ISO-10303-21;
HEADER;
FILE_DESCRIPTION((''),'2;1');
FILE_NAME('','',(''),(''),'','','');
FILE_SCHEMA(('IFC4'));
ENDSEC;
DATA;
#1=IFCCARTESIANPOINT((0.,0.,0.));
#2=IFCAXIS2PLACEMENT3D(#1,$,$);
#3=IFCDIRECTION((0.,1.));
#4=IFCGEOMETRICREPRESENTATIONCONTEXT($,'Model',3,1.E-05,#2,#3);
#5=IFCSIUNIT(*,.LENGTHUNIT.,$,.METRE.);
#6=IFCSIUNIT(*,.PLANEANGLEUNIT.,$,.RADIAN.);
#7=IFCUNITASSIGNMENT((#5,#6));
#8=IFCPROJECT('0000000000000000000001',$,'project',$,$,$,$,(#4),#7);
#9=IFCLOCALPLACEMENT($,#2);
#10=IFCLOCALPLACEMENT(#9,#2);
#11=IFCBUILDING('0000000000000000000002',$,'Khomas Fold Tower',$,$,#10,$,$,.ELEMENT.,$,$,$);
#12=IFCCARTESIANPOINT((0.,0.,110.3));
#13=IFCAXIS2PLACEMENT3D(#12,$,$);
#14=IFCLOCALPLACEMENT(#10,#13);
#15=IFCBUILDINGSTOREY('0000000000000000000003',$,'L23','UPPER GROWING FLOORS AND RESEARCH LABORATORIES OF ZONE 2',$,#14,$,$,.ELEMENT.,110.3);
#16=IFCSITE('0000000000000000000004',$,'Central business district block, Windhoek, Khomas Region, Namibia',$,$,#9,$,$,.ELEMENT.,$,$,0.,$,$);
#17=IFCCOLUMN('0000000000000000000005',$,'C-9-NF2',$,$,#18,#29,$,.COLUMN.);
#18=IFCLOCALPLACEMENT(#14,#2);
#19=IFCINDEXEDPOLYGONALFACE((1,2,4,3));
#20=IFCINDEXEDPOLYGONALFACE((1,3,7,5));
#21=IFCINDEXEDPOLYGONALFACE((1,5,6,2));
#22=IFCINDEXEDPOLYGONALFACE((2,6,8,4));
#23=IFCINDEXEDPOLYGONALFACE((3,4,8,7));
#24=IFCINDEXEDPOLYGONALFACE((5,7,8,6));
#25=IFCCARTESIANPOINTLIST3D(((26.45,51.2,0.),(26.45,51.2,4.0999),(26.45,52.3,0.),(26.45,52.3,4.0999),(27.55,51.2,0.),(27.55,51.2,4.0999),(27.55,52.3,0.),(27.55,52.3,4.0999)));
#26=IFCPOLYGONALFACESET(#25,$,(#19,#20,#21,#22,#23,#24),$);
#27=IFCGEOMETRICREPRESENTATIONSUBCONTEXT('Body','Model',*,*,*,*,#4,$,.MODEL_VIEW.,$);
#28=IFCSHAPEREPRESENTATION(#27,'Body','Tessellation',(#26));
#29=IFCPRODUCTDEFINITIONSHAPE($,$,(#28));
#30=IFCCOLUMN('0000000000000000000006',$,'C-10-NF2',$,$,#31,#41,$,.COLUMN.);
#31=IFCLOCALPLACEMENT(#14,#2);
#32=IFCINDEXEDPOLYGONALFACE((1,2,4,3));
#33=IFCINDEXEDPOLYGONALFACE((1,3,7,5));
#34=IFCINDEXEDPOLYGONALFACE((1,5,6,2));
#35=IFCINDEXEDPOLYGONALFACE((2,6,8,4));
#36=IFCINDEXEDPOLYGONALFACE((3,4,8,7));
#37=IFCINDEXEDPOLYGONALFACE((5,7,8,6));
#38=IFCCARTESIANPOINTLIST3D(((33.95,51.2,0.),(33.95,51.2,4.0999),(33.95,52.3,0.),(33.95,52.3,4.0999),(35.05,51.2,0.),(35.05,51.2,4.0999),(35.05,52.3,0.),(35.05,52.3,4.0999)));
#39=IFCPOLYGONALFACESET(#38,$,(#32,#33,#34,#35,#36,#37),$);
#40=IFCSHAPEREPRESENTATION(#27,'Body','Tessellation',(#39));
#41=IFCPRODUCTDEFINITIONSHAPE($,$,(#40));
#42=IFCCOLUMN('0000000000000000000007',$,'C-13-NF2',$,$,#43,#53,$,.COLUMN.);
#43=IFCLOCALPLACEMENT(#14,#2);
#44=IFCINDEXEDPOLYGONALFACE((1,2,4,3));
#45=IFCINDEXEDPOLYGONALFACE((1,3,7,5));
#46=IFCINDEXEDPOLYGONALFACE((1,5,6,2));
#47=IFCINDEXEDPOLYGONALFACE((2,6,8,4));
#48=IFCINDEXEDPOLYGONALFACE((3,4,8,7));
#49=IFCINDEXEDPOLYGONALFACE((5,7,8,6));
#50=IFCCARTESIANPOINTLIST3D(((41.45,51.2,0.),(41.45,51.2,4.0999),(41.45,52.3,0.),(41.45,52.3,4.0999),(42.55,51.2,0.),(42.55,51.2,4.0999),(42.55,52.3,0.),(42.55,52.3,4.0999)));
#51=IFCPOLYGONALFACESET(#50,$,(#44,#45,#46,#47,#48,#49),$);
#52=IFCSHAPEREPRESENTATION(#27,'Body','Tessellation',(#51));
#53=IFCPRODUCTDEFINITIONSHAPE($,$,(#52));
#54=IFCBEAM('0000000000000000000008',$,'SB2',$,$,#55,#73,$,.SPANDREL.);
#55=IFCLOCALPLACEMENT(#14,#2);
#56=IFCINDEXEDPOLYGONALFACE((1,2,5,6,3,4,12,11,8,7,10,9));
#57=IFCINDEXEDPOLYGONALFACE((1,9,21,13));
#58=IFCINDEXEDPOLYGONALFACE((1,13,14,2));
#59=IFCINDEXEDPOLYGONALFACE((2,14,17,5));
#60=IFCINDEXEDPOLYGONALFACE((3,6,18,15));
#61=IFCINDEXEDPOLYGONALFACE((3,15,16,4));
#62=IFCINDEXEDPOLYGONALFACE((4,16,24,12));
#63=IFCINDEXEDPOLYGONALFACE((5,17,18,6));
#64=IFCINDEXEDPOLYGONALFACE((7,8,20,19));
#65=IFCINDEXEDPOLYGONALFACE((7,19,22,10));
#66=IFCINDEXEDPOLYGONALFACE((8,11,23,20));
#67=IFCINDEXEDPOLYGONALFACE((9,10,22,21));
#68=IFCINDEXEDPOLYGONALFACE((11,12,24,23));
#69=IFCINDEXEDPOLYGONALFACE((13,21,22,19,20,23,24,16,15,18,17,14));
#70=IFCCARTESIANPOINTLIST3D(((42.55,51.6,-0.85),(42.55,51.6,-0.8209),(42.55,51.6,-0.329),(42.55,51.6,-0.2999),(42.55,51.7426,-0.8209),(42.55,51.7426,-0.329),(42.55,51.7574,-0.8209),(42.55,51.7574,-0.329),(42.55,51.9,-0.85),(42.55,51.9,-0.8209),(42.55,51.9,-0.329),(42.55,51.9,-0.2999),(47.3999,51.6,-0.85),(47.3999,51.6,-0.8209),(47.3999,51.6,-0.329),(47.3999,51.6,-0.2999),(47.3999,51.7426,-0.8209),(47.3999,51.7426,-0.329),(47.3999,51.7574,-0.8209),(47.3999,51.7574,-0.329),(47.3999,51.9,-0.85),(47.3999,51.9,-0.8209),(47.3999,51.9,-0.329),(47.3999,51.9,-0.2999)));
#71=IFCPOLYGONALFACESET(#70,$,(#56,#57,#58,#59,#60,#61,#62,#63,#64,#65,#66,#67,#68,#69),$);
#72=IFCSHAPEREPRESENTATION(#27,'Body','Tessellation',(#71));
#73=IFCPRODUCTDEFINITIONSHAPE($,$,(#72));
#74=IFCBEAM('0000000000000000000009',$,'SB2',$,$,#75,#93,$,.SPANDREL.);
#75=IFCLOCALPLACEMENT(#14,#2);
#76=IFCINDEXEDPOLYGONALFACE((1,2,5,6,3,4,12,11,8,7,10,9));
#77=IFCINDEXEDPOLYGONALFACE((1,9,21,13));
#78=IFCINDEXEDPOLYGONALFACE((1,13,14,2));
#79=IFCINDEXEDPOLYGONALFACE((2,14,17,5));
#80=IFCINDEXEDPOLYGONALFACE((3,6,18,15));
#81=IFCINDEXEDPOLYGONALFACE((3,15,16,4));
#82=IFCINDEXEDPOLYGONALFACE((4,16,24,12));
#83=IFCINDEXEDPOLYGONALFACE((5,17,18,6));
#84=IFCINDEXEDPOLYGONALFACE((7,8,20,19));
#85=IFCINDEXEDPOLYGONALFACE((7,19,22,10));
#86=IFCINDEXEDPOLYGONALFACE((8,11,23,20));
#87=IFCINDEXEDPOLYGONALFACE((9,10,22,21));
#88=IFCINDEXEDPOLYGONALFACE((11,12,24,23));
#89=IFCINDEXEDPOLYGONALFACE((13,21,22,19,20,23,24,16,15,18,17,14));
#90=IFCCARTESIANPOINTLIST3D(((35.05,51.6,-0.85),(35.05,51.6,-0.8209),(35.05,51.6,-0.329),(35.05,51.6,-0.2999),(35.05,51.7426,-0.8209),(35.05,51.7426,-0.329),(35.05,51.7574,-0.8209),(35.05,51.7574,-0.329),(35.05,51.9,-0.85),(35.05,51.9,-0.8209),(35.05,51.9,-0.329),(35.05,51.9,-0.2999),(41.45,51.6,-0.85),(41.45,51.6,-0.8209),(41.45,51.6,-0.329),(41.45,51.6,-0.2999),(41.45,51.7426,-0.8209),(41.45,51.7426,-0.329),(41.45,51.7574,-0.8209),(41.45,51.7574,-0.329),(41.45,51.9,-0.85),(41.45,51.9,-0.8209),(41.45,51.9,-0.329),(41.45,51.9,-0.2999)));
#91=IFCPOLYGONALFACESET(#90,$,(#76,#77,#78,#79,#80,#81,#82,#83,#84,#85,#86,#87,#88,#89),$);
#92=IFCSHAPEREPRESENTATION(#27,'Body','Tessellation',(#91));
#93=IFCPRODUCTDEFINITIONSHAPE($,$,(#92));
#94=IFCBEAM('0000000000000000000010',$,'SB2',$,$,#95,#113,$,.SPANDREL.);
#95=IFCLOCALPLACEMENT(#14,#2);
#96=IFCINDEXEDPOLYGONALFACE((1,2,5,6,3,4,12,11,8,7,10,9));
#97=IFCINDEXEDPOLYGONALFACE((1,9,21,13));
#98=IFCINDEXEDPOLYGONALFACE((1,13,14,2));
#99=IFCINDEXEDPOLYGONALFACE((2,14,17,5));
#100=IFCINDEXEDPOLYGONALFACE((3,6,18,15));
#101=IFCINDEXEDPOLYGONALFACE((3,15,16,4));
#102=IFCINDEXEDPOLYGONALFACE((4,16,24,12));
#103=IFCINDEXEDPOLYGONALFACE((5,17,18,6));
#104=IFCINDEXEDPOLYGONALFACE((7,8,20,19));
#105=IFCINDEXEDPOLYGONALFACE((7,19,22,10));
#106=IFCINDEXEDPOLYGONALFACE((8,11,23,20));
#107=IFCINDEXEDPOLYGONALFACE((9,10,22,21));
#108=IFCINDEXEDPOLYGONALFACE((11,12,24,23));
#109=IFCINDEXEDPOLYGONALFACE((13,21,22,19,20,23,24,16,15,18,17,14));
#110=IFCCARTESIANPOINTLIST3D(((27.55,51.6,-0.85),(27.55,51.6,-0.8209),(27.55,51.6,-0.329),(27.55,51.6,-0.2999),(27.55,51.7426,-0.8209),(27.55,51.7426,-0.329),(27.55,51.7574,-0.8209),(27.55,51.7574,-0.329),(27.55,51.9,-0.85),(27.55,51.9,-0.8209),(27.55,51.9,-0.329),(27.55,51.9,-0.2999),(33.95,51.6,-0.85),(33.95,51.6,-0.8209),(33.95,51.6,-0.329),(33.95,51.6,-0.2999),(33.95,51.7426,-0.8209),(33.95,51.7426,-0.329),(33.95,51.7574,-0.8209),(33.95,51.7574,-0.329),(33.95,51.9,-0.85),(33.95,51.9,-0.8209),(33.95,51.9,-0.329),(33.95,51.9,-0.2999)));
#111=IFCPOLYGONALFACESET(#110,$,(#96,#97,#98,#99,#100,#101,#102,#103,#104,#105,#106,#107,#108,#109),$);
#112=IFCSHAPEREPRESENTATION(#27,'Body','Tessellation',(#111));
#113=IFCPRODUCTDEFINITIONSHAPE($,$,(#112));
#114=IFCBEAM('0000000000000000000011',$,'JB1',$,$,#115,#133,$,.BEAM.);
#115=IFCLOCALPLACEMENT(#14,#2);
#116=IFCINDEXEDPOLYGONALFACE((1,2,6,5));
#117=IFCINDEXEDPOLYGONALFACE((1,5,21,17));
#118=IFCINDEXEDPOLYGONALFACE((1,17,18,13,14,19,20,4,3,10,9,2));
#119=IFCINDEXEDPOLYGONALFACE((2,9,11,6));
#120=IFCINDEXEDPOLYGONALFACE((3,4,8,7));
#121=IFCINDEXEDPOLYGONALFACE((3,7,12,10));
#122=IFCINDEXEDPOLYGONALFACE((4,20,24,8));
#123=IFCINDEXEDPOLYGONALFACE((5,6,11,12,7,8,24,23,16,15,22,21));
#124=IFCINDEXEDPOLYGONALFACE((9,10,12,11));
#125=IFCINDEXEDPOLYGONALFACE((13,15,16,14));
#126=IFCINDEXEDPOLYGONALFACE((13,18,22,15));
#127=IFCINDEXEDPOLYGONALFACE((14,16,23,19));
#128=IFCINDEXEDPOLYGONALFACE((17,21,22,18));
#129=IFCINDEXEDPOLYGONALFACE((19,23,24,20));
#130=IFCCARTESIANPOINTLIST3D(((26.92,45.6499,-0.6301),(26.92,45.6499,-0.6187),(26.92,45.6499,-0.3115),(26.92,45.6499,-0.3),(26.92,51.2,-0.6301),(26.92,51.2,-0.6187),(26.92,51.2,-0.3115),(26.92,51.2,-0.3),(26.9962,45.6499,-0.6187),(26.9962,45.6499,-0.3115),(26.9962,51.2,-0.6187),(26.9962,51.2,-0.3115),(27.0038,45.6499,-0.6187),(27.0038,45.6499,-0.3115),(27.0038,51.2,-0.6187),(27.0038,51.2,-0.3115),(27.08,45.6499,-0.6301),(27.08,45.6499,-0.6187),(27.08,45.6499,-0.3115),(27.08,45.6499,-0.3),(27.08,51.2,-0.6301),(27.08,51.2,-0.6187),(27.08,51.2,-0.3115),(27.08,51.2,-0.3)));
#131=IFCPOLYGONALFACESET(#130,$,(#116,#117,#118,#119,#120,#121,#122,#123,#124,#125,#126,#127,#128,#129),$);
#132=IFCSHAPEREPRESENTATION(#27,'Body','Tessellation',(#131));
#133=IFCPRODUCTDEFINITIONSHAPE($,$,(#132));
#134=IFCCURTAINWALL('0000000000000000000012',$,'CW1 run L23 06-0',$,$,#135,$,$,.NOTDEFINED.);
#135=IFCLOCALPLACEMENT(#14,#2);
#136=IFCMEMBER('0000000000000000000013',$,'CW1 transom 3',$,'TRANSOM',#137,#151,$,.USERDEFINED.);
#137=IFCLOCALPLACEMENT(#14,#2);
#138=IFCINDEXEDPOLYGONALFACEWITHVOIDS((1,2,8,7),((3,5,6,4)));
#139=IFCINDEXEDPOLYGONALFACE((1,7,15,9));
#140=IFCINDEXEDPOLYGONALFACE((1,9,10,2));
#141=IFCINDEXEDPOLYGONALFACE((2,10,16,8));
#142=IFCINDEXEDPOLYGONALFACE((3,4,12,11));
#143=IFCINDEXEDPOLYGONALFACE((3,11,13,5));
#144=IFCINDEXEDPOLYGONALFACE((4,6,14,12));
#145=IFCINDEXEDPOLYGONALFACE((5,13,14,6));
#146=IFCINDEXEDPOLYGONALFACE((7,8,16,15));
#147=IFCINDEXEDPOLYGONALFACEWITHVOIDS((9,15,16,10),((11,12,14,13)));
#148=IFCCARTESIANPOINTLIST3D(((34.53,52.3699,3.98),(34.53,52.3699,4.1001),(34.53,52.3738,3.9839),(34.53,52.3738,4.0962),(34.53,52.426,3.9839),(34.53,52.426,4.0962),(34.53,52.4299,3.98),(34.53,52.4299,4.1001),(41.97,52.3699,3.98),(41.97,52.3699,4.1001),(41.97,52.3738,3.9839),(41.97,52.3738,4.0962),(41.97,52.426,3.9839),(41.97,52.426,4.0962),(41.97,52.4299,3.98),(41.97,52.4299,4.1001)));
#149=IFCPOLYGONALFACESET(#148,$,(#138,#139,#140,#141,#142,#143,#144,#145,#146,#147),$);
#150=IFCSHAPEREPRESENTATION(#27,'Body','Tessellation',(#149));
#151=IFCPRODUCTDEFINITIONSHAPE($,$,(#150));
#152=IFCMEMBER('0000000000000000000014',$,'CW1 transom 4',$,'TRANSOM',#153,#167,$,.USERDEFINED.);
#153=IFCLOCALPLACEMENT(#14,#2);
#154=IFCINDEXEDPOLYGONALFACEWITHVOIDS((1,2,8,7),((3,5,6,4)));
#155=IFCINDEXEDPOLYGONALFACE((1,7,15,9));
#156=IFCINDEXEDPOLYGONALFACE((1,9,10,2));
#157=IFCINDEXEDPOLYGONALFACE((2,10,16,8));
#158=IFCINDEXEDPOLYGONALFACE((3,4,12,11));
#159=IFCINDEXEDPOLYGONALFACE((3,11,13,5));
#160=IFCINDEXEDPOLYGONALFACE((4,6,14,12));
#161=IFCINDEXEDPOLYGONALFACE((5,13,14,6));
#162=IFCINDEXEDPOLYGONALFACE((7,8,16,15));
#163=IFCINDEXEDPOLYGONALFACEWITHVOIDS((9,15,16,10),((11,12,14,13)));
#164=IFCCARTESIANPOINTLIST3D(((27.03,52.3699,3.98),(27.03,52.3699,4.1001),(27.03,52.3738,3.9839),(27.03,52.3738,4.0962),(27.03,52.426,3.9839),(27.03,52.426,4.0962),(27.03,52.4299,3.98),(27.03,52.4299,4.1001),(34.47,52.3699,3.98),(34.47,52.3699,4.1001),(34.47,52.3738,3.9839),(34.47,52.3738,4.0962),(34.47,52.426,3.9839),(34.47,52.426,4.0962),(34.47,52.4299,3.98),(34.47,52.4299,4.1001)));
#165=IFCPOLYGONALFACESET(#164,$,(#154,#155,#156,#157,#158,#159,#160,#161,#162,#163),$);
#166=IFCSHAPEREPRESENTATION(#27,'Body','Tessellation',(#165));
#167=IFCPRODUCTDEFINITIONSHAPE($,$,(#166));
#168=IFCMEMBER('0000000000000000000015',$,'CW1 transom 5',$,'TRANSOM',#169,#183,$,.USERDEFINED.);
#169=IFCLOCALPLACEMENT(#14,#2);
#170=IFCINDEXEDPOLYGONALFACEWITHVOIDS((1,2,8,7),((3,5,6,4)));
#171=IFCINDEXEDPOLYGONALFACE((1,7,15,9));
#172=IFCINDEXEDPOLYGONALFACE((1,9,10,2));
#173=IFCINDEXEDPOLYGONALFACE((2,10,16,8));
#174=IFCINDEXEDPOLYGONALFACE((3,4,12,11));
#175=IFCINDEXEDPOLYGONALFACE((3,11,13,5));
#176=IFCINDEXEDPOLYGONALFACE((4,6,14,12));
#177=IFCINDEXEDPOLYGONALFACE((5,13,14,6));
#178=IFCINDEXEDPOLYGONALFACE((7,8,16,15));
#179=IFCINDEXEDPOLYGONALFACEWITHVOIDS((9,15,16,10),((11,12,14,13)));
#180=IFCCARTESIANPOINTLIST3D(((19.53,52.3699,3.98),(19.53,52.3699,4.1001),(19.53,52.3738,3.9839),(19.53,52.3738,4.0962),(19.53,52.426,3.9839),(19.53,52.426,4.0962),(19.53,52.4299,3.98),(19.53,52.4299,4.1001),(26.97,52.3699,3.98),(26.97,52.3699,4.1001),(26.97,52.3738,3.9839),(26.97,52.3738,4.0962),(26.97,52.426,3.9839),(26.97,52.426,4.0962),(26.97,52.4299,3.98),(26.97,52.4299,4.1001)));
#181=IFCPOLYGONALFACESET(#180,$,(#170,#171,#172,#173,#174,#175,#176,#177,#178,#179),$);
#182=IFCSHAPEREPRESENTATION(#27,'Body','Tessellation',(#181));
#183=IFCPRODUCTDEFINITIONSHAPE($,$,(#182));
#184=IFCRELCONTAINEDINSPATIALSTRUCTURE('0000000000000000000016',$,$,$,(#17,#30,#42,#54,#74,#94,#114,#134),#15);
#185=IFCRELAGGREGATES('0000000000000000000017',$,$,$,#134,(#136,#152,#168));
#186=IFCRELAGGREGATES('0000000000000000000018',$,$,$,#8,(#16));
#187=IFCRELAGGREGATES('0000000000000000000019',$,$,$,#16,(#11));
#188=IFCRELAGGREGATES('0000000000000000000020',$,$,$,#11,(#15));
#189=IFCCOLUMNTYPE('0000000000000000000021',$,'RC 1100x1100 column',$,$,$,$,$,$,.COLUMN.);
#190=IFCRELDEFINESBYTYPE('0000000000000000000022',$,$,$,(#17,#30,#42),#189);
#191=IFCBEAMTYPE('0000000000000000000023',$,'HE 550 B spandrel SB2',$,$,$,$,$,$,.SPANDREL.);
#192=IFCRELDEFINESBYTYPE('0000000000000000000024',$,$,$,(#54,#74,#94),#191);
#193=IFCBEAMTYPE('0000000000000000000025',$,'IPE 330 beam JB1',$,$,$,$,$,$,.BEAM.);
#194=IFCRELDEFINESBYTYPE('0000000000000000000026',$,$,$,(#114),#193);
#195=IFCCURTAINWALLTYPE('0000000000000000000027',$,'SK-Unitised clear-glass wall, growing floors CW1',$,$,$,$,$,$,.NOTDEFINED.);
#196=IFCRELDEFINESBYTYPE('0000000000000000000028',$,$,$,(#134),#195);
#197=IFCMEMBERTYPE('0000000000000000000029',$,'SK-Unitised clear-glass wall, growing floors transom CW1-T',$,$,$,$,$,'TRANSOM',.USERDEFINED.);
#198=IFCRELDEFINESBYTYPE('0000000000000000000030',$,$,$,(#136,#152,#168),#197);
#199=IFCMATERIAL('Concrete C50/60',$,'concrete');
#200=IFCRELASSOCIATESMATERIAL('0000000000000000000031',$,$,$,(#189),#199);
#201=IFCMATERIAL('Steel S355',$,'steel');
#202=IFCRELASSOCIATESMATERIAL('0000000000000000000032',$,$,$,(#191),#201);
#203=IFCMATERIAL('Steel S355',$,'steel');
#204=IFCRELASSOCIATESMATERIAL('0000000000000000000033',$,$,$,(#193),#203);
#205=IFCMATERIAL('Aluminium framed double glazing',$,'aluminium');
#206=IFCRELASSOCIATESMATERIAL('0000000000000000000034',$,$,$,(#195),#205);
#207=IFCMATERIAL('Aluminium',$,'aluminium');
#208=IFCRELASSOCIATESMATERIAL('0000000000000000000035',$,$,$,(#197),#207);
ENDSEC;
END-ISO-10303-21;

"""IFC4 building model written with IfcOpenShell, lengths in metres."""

from ifc_helpers import new_model, si_unit, direction, frame, origin, origin_2d, place, context, subcontext, project, spatial, rectangle, hollow_rectangle, i_section, extrude, source, transform, mapped, material, material_profile, profile_set, type_object, element, aggregate, save


model = new_model("IFC4")

# Units and contexts
model_context = context("Model", 3, precision=1e-05, world=origin(), true_north=direction((0.0, 1.0)))
body_context = subcontext(model_context, "Body", "Model", "MODEL_VIEW")
ifc_project = project(units=[si_unit("LENGTHUNIT", "METRE"), si_unit("PLANEANGLEUNIT", "RADIAN")], contexts=[model_context])

# Site, building, storey
site_placement = place(None, origin())
site = spatial("IfcSite", under=ifc_project, at=site_placement, Name="Central business district block, Windhoek, Khomas Region, Namibia", CompositionType="ELEMENT", RefElevation=0.0)
building_placement = place(site_placement, origin())
building = spatial("IfcBuilding", under=site, at=building_placement, Name="Khomas Fold Tower", CompositionType="ELEMENT")
storey_placement = place(building_placement, frame((0.0, 0.0, 110.3)))
storey = spatial("IfcBuildingStorey", under=building, at=storey_placement, Name="L23", Description="UPPER GROWING FLOORS AND RESEARCH LABORATORIES OF ZONE 2", CompositionType="ELEMENT", Elevation=110.3)

# Columns
ifc_material_1 = material(Name="Concrete C50/60", Category="concrete")
ifc_material_profile_1 = material_profile(ifc_material_1, rectangle(XDim=1.1001, YDim=1.1001, at=origin_2d()), Name="RC 1100x1100")
ifc_profile_set_1 = profile_set([ifc_material_profile_1], Name="Concrete C50/60")
column_type = type_object("IfcColumnType", Name="RC 1100x1100 column", PredefinedType="COLUMN", material=ifc_profile_set_1)
shared_shape_1 = source(origin(), body_context, "Body", "SweptSolid", [
    extrude(rectangle(XDim=1.1001, YDim=1.1001, at=origin_2d()), origin(), (0.0, 0.0, 1.0), 4.0999),
])
for number, where, z_axis, x_axis, name in (
    (1, (27.0, 51.75, 0.0), (0.0, 0.0, 1.0), (1.0, 0.0, 0.0), "C-9-NF2"),
    (2, (34.5, 51.75, 0.0), (0.0, 0.0, 1.0), (1.0, 0.0, 0.0), "C-10-NF2"),
    (3, (42.0, 51.75, 0.0), (0.0, 0.0, 1.0), (1.0, 0.0, 0.0), "C-13-NF2"),
):
    element("IfcColumn", number, at=place(storey_placement, frame(where, z_axis=z_axis, x_axis=x_axis)), inside=storey, type_object=column_type, Name=name, PredefinedType="COLUMN", context=body_context, shape_type="MappedRepresentation", body=[
        mapped(shared_shape_1, transform((0.0, 0.0, 0.0))),
    ])

# Beams
ifc_material_2 = material(Name="Steel S355", Category="steel")
ifc_material_profile_2 = material_profile(ifc_material_2, i_section(OverallWidth=0.3, OverallDepth=0.55, WebThickness=0.0149, FlangeThickness=0.0291, at=origin_2d()), Name="HE 550 B")
ifc_profile_set_2 = profile_set([ifc_material_profile_2], Name="Steel S355")
beam_type_1 = type_object("IfcBeamType", Name="HE 550 B spandrel SB2", PredefinedType="SPANDREL", material=ifc_profile_set_2)
shared_shape_2 = source(origin(), body_context, "Body", "SweptSolid", [
    extrude(i_section(OverallWidth=0.3, OverallDepth=0.55, WebThickness=0.0149, FlangeThickness=0.0291, at=origin_2d()), origin(), (0.0, 0.0, 1.0), 4.8499),
])
beam_1_placement = place(storey_placement, frame((42.55, 51.75, -0.575), z_axis=(1.0, 0.0, 0.0), x_axis=(0.0, 1.0, 0.0)))
element("IfcBeam", 4, at=beam_1_placement, inside=storey, type_object=beam_type_1, Name="SB2", PredefinedType="SPANDREL", context=body_context, shape_type="MappedRepresentation", body=[
    mapped(shared_shape_2, transform((0.0, 0.0, 0.0))),
])
shared_shape_3 = source(origin(), body_context, "Body", "SweptSolid", [
    extrude(i_section(OverallWidth=0.3, OverallDepth=0.55, WebThickness=0.0149, FlangeThickness=0.0291, at=origin_2d()), origin(), (0.0, 0.0, 1.0), 6.3999),
])
for number, where, z_axis, x_axis, name in (
    (5, (35.05, 51.75, -0.575), (1.0, 0.0, 0.0), (0.0, 1.0, 0.0), "SB2"),
    (6, (27.55, 51.75, -0.575), (1.0, 0.0, 0.0), (0.0, 1.0, 0.0), "SB2"),
):
    element("IfcBeam", number, at=place(storey_placement, frame(where, z_axis=z_axis, x_axis=x_axis)), inside=storey, type_object=beam_type_1, Name=name, PredefinedType="SPANDREL", context=body_context, shape_type="MappedRepresentation", body=[
        mapped(shared_shape_3, transform((0.0, 0.0, 0.0))),
    ])
ifc_material_3 = material(Name="Steel S355", Category="steel")
ifc_material_profile_3 = material_profile(ifc_material_3, i_section(OverallWidth=0.1599, OverallDepth=0.3301, WebThickness=0.0076, FlangeThickness=0.0115, at=origin_2d()), Name="IPE 330")
ifc_profile_set_3 = profile_set([ifc_material_profile_3], Name="Steel S355")
beam_type_2 = type_object("IfcBeamType", Name="IPE 330 beam JB1", PredefinedType="BEAM", material=ifc_profile_set_3)
shared_shape_4 = source(origin(), body_context, "Body", "SweptSolid", [
    extrude(i_section(OverallWidth=0.1599, OverallDepth=0.3301, WebThickness=0.0076, FlangeThickness=0.0115, at=origin_2d()), origin(), (0.0, 0.0, 1.0), 5.55),
])
beam_2_placement = place(storey_placement, frame((27.0, 45.6499, -0.4651), z_axis=(0.0, 1.0, 0.0), x_axis=(-1.0, 0.0, 0.0)))
element("IfcBeam", 7, at=beam_2_placement, inside=storey, type_object=beam_type_2, Name="JB1", PredefinedType="BEAM", context=body_context, shape_type="MappedRepresentation", body=[
    mapped(shared_shape_4, transform((0.0, 0.0, 0.0))),
])

# Curtain wall, members
ifc_material_4 = material(Name="Aluminium framed double glazing", Category="aluminium")
curtain_wall_type = type_object("IfcCurtainWallType", Name="SK-Unitised clear-glass wall, growing floors CW1", PredefinedType="NOTDEFINED", material=ifc_material_4)
curtain_wall_placement = place(storey_placement, origin())
curtain_wall = element("IfcCurtainWall", 8, at=curtain_wall_placement, inside=storey, type_object=curtain_wall_type, Name="CW1 run L23 06-0", PredefinedType="NOTDEFINED")
ifc_material_5 = material(Name="Aluminium", Category="aluminium")
ifc_material_profile_4 = material_profile(ifc_material_5, hollow_rectangle(XDim=0.0601, YDim=0.1201, WallThickness=0.0039, at=origin_2d()), Name="SK-Unitised clear-glass wall, growing floors transom CW1-T")
ifc_profile_set_4 = profile_set([ifc_material_profile_4], Name="Aluminium")
member_type_1 = type_object("IfcMemberType", Name="SK-Unitised clear-glass wall, growing floors transom CW1-T", ElementType="TRANSOM", PredefinedType="USERDEFINED", material=ifc_profile_set_4)
shared_shape_5 = source(origin(), body_context, "Body", "SweptSolid", [
    extrude(hollow_rectangle(XDim=0.0601, YDim=0.1201, WallThickness=0.0039, at=origin_2d()), origin(), (0.0, 0.0, 1.0), 7.4399),
])
member_1_placement = place(storey_placement, frame((41.97, 52.3999, 4.04), z_axis=(-1.0, 0.0, 0.0), x_axis=(0.0, -1.0, 0.0)))
member_1 = element("IfcMember", 9, at=member_1_placement, type_object=member_type_1, Name="CW1 transom 3", ObjectType="TRANSOM", PredefinedType="USERDEFINED", context=body_context, shape_type="MappedRepresentation", body=[
    mapped(shared_shape_5, transform((0.0, 0.0, 0.0))),
])
member_2_placement = place(storey_placement, frame((34.47, 52.3999, 4.04), z_axis=(-1.0, 0.0, 0.0), x_axis=(0.0, -1.0, 0.0)))
member_2 = element("IfcMember", 10, at=member_2_placement, type_object=member_type_1, Name="CW1 transom 4", ObjectType="TRANSOM", PredefinedType="USERDEFINED", context=body_context, shape_type="MappedRepresentation", body=[
    mapped(shared_shape_5, transform((0.0, 0.0, 0.0))),
])
member_3_placement = place(storey_placement, frame((26.97, 52.3999, 4.04), z_axis=(-1.0, 0.0, 0.0), x_axis=(0.0, -1.0, 0.0)))
member_3 = element("IfcMember", 11, at=member_3_placement, type_object=member_type_1, Name="CW1 transom 5", ObjectType="TRANSOM", PredefinedType="USERDEFINED", context=body_context, shape_type="MappedRepresentation", body=[
    mapped(shared_shape_5, transform((0.0, 0.0, 0.0))),
])
aggregate(curtain_wall, [member_1, member_2, member_3])

save(model, "model.ifc")
